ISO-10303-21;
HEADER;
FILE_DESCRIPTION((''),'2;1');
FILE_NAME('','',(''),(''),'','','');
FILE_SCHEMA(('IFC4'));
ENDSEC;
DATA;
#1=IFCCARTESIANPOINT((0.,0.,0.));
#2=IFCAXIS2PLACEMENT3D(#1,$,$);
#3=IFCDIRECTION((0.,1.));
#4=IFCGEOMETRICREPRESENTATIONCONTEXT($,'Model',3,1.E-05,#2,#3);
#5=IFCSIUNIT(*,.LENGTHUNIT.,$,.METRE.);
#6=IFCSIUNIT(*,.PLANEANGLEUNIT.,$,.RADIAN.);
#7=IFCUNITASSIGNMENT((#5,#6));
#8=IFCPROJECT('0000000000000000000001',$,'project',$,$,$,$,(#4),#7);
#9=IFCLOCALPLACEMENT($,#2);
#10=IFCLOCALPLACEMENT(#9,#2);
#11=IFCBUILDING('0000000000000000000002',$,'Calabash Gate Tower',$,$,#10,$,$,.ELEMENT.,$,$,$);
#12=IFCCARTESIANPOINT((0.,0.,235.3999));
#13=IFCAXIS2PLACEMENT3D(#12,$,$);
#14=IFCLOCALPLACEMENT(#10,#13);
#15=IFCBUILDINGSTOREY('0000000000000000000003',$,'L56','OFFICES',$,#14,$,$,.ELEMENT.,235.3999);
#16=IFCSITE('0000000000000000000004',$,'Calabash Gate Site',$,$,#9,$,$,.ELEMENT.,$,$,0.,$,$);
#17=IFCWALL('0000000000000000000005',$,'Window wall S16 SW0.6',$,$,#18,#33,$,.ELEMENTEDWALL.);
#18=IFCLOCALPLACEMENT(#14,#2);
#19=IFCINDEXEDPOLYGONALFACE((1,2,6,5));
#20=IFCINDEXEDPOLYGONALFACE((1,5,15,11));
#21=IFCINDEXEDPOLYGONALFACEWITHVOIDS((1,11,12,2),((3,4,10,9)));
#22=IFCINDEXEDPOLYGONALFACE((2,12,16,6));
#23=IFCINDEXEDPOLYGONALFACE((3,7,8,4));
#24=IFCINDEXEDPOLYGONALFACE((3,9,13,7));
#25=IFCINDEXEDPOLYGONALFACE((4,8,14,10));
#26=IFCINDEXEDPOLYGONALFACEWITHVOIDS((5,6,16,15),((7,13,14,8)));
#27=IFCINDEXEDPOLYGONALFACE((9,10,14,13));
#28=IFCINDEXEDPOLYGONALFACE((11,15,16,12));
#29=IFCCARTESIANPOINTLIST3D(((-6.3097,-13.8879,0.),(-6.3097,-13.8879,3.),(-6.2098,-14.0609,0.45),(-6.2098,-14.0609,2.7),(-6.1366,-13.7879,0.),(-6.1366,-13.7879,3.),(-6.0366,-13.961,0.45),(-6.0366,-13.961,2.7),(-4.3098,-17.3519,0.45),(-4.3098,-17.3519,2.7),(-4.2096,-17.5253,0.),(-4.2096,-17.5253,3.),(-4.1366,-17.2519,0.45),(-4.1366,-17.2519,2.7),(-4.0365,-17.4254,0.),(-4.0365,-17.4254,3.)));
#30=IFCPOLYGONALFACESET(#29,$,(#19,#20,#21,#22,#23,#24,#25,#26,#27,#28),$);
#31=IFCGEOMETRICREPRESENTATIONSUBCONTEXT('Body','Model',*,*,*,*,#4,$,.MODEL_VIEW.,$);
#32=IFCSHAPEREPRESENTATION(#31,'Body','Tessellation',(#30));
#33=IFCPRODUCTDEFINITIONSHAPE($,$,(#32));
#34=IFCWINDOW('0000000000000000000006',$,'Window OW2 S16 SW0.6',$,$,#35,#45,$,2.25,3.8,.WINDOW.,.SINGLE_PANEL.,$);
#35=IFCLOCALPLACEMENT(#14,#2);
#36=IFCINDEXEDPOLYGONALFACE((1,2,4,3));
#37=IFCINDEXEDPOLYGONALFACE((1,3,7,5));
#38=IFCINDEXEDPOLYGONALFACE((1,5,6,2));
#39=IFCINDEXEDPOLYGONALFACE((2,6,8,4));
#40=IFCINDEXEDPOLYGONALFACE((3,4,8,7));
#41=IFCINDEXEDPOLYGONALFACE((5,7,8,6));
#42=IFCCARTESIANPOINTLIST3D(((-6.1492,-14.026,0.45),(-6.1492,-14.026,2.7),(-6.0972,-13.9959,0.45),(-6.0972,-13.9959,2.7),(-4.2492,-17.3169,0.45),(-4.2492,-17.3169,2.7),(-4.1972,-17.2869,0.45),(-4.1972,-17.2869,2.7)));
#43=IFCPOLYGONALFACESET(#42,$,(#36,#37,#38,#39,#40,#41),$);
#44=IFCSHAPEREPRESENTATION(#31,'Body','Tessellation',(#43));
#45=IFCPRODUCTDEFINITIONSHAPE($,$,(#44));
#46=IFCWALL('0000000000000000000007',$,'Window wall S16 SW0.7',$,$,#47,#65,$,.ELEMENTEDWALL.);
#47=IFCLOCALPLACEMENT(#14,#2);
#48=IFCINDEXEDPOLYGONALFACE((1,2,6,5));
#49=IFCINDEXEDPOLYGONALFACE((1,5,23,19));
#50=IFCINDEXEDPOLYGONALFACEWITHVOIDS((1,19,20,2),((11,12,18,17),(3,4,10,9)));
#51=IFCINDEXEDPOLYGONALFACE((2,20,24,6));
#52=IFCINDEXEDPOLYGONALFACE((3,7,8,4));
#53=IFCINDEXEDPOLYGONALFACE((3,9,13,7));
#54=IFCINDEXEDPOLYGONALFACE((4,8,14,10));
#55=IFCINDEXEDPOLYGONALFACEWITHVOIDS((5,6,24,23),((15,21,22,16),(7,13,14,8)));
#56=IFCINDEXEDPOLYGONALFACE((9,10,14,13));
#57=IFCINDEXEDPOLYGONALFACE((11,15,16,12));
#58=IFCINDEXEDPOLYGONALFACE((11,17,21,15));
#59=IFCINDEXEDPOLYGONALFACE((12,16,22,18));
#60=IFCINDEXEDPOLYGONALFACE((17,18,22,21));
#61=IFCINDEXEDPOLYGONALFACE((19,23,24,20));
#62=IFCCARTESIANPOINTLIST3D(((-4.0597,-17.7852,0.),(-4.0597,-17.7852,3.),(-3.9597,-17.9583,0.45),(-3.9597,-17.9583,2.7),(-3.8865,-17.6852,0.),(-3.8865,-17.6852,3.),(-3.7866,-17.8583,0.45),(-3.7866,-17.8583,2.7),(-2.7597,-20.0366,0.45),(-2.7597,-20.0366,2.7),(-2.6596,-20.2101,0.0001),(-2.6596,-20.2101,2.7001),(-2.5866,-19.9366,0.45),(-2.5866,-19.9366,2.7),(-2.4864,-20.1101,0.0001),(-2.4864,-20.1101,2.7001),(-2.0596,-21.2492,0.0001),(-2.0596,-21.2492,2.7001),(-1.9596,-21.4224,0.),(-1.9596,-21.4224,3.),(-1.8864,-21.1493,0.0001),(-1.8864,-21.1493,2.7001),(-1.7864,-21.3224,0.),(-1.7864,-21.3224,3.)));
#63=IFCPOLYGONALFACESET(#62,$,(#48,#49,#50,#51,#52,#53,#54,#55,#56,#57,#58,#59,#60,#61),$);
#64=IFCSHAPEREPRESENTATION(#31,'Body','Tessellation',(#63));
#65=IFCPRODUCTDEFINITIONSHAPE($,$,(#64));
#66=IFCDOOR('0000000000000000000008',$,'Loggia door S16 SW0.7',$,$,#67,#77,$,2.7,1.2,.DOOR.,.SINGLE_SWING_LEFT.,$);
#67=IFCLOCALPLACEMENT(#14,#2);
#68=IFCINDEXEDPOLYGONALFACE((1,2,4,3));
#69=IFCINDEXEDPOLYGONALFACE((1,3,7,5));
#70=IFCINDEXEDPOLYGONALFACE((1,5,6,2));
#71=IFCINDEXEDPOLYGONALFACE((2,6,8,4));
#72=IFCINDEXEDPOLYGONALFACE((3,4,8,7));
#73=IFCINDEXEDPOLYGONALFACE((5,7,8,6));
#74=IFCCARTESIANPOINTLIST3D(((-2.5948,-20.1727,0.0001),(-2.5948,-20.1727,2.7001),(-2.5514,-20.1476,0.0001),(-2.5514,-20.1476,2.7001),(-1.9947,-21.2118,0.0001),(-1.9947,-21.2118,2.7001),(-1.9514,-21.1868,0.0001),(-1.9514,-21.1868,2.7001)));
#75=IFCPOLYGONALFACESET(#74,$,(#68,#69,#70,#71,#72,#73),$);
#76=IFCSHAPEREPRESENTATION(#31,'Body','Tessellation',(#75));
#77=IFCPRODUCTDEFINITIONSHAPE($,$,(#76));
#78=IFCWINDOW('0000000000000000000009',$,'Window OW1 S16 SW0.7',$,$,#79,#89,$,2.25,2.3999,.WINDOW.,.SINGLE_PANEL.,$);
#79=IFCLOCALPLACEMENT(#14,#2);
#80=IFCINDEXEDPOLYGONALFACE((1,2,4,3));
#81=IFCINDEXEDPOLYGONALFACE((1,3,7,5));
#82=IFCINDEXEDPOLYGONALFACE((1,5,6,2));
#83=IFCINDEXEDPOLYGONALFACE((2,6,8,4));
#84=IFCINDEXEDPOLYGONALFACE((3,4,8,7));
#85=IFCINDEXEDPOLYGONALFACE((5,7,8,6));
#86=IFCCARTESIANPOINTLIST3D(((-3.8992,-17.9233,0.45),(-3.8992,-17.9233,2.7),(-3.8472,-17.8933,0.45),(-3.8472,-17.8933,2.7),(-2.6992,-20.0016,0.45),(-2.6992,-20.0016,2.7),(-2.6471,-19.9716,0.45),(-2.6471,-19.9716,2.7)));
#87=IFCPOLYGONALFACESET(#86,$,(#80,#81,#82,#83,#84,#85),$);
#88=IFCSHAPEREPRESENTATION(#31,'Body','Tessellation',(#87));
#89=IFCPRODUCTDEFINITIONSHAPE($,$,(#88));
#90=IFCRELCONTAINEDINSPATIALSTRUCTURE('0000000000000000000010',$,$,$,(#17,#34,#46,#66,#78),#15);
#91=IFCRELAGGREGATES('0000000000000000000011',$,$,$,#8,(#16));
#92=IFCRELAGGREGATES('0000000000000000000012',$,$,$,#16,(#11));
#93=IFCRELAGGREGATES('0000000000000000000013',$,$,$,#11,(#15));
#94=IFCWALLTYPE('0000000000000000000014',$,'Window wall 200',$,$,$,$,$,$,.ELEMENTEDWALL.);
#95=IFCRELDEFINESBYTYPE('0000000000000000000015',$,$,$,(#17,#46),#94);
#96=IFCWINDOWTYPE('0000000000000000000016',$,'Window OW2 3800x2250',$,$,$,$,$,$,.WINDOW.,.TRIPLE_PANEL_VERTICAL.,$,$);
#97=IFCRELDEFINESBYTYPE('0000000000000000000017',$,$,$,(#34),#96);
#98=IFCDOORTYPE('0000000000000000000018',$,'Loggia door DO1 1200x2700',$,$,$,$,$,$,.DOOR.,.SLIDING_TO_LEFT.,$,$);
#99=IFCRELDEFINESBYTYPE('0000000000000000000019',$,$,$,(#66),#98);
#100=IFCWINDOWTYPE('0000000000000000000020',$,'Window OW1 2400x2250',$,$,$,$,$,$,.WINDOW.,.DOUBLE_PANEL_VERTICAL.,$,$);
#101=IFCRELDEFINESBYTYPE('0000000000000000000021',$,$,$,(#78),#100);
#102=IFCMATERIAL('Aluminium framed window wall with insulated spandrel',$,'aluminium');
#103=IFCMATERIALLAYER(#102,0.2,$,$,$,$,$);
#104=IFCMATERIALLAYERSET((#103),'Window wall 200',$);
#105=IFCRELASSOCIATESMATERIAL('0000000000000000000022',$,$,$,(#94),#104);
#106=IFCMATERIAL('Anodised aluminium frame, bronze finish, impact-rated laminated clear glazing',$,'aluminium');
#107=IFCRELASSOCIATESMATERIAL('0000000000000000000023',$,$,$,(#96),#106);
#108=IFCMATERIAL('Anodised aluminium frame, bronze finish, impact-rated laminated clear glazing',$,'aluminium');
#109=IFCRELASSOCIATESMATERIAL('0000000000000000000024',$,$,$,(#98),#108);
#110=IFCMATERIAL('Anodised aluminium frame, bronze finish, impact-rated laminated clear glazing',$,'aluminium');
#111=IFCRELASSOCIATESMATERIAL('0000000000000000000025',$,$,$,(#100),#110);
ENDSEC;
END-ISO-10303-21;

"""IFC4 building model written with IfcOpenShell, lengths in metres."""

from ifc_helpers import new_model, si_unit, direction, frame, frame_2d, origin, place, context, subcontext, project, spatial, rectangle, extrude, material, layer, layer_set, type_object, element, fill, save


model = new_model("IFC4")

# Units and contexts
model_context = context("Model", 3, precision=1e-05, world=origin(), true_north=direction((0.0, 1.0)))
body_context = subcontext(model_context, "Body", "Model", "MODEL_VIEW")
ifc_project = project(units=[si_unit("LENGTHUNIT", "METRE"), si_unit("PLANEANGLEUNIT", "RADIAN")], contexts=[model_context])

# Site, building, storey
site_placement = place(None, origin())
site = spatial("IfcSite", under=ifc_project, at=site_placement, Name="Calabash Gate Site", CompositionType="ELEMENT", RefElevation=0.0)
building_placement = place(site_placement, origin())
building = spatial("IfcBuilding", under=site, at=building_placement, Name="Calabash Gate Tower", CompositionType="ELEMENT")
storey_placement = place(building_placement, frame((0.0, 0.0, 235.3999)))
storey = spatial("IfcBuildingStorey", under=building, at=storey_placement, Name="L56", Description="OFFICES", CompositionType="ELEMENT", Elevation=235.3999)

# Wall, opening, window
ifc_material_1 = material(Name="Aluminium framed window wall with insulated spandrel", Category="aluminium")
ifc_layer_1 = layer(ifc_material_1, 0.2)
ifc_layer_set_1 = layer_set([ifc_layer_1], Name="Window wall 200")
wall_type_1 = type_object("IfcWallType", Name="Window wall 200", PredefinedType="ELEMENTEDWALL", material=ifc_layer_set_1)
wall_1_placement = place(storey_placement, frame((-6.2231, -13.8379, 0.0), z_axis=(0.0, 0.0, 1.0), x_axis=(0.500003, -0.866024, 0.0)))
wall_1 = element("IfcWall", 1, at=wall_1_placement, inside=storey, type_object=wall_type_1, Name="Window wall S16 SW0.6", PredefinedType="ELEMENTEDWALL", context=body_context, shape_type="SweptSolid", body=[
    extrude(rectangle(XDim=4.2002, YDim=0.2, at=frame_2d((2.1001, 0.0))), origin(), (0.0, 0.0, 1.0), 3.0),
])
opening_1_placement = place(wall_1_placement, frame((0.2, 0.0, 0.45)))
opening_1 = element("IfcOpeningElement", 2, at=opening_1_placement, cuts=wall_1, PredefinedType="OPENING", context=body_context, shape_type="SweptSolid", body=[
    extrude(rectangle(XDim=3.8, YDim=2.25, at=frame_2d((1.8999, 1.125))), frame((0.0, 0.1099, 0.0), z_axis=(0.0, -1.0, 0.0), x_axis=(1.0, 0.0, 0.0)), (0.0, 0.0, 1.0), 0.22),
])
ifc_material_2 = material(Name="Anodised aluminium frame, bronze finish, impact-rated laminated clear glazing", Category="aluminium")
window_type_1 = type_object("IfcWindowType", Name="Window OW2 3800x2250", PartitioningType="TRIPLE_PANEL_VERTICAL", PredefinedType="WINDOW", material=ifc_material_2)
window_1_placement = place(opening_1_placement, origin())
window_1 = element("IfcWindow", 3, at=window_1_placement, inside=storey, type_object=window_type_1, Name="Window OW2 S16 SW0.6", OverallHeight=2.25, OverallWidth=3.8, PartitioningType="SINGLE_PANEL", PredefinedType="WINDOW", context=body_context, shape_type="SweptSolid", body=[
    extrude(rectangle(XDim=3.8, YDim=2.25, at=frame_2d((1.8999, 1.125))), frame((0.0, 0.03, 0.0), z_axis=(0.0, -1.0, 0.0), x_axis=(1.0, 0.0, 0.0)), (0.0, 0.0, 1.0), 0.0601),
])
fill(opening_1, window_1)

# Wall, openings, door, window
wall_2_placement = place(storey_placement, frame((-3.9731, -17.7351, 0.0), z_axis=(0.0, 0.0, 1.0), x_axis=(0.500028, -0.866009, 0.0)))
wall_2 = element("IfcWall", 4, at=wall_2_placement, inside=storey, type_object=wall_type_1, Name="Window wall S16 SW0.7", PredefinedType="ELEMENTEDWALL", context=body_context, shape_type="SweptSolid", body=[
    extrude(rectangle(XDim=4.2, YDim=0.2, at=frame_2d((2.1001, 0.0))), origin(), (0.0, 0.0, 1.0), 3.0),
])
opening_2_placement = place(wall_2_placement, frame((0.2, 0.0, 0.45)))
opening_2 = element("IfcOpeningElement", 5, at=opening_2_placement, cuts=wall_2, PredefinedType="OPENING", context=body_context, shape_type="SweptSolid", body=[
    extrude(rectangle(XDim=2.3999, YDim=2.25, at=frame_2d((1.2, 1.125))), frame((0.0, 0.1099, 0.0), z_axis=(0.0, -1.0, 0.0), x_axis=(1.0, 0.0, 0.0)), (0.0, 0.0, 1.0), 0.22),
])
opening_3_placement = place(wall_2_placement, frame((2.8, 0.0, 0.0)))
opening_3 = element("IfcOpeningElement", 6, at=opening_3_placement, cuts=wall_2, PredefinedType="OPENING", context=body_context, shape_type="SweptSolid", body=[
    extrude(rectangle(XDim=1.2, YDim=2.7, at=frame_2d((0.6001, 1.3501))), frame((0.0, 0.1099, 0.0), z_axis=(0.0, -1.0, 0.0), x_axis=(1.0, 0.0, 0.0)), (0.0, 0.0, 1.0), 0.22),
])
ifc_material_3 = material(Name="Anodised aluminium frame, bronze finish, impact-rated laminated clear glazing", Category="aluminium")
door_type = type_object("IfcDoorType", Name="Loggia door DO1 1200x2700", OperationType="SLIDING_TO_LEFT", PredefinedType="DOOR", material=ifc_material_3)
door_placement = place(opening_3_placement, origin())
door = element("IfcDoor", 7, at=door_placement, inside=storey, type_object=door_type, Name="Loggia door S16 SW0.7", OperationType="SINGLE_SWING_LEFT", OverallHeight=2.7, OverallWidth=1.2, PredefinedType="DOOR", context=body_context, shape_type="SweptSolid", body=[
    extrude(rectangle(XDim=1.2, YDim=2.7, at=frame_2d((0.6001, 1.3501))), frame((0.0, 0.0249, 0.0), z_axis=(0.0, -1.0, 0.0), x_axis=(1.0, 0.0, 0.0)), (0.0, 0.0, 1.0), 0.05),
])
fill(opening_3, door)
ifc_material_4 = material(Name="Anodised aluminium frame, bronze finish, impact-rated laminated clear glazing", Category="aluminium")
window_type_2 = type_object("IfcWindowType", Name="Window OW1 2400x2250", PartitioningType="DOUBLE_PANEL_VERTICAL", PredefinedType="WINDOW", material=ifc_material_4)
window_2_placement = place(opening_2_placement, origin())
window_2 = element("IfcWindow", 8, at=window_2_placement, inside=storey, type_object=window_type_2, Name="Window OW1 S16 SW0.7", OverallHeight=2.25, OverallWidth=2.3999, PartitioningType="SINGLE_PANEL", PredefinedType="WINDOW", context=body_context, shape_type="SweptSolid", body=[
    extrude(rectangle(XDim=2.3999, YDim=2.25, at=frame_2d((1.2, 1.125))), frame((0.0, 0.03, 0.0), z_axis=(0.0, -1.0, 0.0), x_axis=(1.0, 0.0, 0.0)), (0.0, 0.0, 1.0), 0.0601),
])
fill(opening_2, window_2)

save(model, "model.ifc")
